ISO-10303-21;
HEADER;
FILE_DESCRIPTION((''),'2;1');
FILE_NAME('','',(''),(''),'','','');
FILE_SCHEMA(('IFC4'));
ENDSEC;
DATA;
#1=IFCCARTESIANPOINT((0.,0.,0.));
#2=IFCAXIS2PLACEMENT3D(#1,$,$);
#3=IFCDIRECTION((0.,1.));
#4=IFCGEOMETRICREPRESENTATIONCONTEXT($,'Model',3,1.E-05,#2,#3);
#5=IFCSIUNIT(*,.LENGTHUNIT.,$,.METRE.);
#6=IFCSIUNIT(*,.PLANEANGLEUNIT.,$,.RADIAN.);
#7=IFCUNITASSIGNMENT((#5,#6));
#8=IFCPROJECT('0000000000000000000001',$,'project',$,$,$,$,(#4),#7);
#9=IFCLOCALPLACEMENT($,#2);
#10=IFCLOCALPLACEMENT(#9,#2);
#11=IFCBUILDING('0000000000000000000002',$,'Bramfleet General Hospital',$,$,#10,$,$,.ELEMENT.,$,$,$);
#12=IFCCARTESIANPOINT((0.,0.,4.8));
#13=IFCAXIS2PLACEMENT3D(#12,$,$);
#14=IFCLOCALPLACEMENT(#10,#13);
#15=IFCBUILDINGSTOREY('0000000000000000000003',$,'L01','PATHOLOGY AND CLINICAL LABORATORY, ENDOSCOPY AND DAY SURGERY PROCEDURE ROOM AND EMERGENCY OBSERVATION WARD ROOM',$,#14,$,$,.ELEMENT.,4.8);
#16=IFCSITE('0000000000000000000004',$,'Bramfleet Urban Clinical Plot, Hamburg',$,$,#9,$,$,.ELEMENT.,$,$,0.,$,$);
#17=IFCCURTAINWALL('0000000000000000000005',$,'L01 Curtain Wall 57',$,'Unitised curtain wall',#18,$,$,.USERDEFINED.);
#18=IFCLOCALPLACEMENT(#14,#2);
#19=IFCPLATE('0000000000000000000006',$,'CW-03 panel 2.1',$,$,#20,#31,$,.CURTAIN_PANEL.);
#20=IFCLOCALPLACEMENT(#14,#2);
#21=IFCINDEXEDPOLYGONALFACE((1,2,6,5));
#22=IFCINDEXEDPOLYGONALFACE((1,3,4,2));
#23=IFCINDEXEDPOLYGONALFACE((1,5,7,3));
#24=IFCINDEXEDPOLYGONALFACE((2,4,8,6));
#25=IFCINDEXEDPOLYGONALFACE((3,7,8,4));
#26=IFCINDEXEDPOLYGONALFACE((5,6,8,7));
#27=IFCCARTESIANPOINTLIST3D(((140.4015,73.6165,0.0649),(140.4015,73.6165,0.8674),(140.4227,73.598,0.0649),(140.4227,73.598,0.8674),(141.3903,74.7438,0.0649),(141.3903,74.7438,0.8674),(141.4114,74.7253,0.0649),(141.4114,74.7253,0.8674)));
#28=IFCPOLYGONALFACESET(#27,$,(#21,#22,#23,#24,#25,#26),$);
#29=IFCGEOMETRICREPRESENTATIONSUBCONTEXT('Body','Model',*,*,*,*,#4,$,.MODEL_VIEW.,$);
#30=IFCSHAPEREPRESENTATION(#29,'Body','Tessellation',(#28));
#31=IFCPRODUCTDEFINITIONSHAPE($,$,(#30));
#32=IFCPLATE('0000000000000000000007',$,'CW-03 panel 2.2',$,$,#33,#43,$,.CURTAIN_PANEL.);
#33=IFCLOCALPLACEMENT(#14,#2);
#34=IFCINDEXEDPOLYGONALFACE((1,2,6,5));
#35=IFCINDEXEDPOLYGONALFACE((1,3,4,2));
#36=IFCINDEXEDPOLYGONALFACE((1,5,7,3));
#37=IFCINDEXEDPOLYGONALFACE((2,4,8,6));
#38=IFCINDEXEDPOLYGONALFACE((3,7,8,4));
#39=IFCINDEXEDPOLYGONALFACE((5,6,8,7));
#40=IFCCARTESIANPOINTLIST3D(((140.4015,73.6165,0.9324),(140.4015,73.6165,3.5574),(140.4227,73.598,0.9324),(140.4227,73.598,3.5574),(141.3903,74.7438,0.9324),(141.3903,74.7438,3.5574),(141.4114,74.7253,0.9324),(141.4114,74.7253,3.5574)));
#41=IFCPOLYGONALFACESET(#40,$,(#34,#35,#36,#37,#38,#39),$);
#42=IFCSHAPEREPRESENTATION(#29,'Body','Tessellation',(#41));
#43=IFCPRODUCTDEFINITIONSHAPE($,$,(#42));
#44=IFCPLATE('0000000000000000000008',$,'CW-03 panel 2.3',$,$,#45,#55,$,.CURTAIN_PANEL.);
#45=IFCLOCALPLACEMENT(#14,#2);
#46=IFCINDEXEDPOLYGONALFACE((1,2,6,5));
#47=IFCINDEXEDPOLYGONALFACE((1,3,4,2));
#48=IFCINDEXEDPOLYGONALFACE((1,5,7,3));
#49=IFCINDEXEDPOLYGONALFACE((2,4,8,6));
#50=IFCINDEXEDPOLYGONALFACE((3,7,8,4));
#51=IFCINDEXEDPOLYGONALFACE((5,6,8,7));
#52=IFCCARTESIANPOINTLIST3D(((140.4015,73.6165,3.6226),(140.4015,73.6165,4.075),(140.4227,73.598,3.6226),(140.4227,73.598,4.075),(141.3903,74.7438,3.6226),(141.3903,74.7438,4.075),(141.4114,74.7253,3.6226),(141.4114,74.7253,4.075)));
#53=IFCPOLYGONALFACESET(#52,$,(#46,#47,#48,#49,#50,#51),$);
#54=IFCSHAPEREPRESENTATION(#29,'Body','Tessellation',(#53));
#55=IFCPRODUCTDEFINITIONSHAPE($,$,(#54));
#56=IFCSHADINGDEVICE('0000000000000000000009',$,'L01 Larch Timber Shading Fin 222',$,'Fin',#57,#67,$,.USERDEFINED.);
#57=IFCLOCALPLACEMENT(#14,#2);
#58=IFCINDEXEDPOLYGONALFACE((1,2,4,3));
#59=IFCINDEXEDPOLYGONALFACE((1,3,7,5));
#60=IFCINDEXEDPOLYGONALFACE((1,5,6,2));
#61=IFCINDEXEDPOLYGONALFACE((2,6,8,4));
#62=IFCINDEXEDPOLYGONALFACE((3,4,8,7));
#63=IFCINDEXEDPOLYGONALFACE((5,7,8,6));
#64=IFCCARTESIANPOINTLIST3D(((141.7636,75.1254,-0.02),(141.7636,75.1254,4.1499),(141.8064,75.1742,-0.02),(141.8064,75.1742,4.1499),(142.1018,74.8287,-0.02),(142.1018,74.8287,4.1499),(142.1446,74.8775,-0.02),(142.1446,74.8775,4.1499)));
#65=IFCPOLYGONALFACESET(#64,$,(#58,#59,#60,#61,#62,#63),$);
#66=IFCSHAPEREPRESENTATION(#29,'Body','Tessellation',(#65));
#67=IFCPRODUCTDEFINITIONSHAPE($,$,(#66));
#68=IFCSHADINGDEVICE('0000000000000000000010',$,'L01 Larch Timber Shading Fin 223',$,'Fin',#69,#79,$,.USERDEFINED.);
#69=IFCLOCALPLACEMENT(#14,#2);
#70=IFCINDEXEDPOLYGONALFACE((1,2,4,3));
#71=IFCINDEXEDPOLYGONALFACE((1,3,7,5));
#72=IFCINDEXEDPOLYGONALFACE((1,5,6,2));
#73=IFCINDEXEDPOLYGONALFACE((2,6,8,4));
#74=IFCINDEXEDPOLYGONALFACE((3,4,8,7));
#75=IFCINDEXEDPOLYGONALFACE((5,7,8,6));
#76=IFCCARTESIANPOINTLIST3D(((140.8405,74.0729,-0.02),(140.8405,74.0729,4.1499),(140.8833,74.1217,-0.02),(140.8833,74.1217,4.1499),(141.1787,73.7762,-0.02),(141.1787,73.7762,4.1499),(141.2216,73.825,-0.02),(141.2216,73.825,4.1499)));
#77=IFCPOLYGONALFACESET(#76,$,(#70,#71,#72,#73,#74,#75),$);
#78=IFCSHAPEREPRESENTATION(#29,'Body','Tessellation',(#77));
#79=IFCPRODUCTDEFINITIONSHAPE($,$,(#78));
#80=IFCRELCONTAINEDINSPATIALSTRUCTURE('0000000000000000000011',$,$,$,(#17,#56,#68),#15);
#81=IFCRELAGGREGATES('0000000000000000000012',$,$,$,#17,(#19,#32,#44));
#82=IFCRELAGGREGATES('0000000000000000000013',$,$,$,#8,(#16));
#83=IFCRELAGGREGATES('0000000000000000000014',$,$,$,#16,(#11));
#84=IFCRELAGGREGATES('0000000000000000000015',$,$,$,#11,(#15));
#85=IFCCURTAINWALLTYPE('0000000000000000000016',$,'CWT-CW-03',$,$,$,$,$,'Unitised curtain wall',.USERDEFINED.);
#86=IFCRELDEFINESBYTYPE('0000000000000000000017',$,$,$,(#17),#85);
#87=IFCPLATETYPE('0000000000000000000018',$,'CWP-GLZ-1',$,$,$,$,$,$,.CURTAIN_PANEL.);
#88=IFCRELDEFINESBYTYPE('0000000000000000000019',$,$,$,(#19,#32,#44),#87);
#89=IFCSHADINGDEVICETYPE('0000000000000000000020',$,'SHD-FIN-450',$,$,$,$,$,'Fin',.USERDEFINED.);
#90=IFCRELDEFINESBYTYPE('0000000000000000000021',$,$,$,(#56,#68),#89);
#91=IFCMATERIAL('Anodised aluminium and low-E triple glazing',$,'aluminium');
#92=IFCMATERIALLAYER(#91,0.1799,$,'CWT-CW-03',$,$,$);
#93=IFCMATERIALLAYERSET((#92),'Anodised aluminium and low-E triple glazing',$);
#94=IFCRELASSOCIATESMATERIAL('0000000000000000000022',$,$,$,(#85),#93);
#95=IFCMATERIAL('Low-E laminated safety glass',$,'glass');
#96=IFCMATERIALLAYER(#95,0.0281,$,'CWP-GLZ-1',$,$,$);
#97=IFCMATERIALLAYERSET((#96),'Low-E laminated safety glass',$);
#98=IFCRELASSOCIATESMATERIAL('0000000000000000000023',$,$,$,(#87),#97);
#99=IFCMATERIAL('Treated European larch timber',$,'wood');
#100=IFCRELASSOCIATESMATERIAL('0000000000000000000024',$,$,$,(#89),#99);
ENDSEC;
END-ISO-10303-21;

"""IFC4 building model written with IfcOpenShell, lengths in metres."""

from ifc_helpers import new_model, si_unit, direction, frame, origin, origin_2d, place, context, subcontext, project, spatial, rectangle, extrude, material, layer, layer_set, material_profile, profile_set, type_object, element, aggregate, save


model = new_model("IFC4")

# Units and contexts
model_context = context("Model", 3, precision=1e-05, world=origin(), true_north=direction((0.0, 1.0)))
body_context = subcontext(model_context, "Body", "Model", "MODEL_VIEW")
ifc_project = project(units=[si_unit("LENGTHUNIT", "METRE"), si_unit("PLANEANGLEUNIT", "RADIAN")], contexts=[model_context])

# Site, building, storey
site_placement = place(None, origin())
site = spatial("IfcSite", under=ifc_project, at=site_placement, Name="Bramfleet Urban Clinical Plot, Hamburg", CompositionType="ELEMENT", RefElevation=0.0)
building_placement = place(site_placement, origin())
building = spatial("IfcBuilding", under=site, at=building_placement, Name="Bramfleet General Hospital", CompositionType="ELEMENT")
storey_placement = place(building_placement, frame((0.0, 0.0, 4.8)))
storey = spatial("IfcBuildingStorey", under=building, at=storey_placement, Name="L01", Description="PATHOLOGY AND CLINICAL LABORATORY, ENDOSCOPY AND DAY SURGERY PROCEDURE ROOM AND EMERGENCY OBSERVATION WARD ROOM", CompositionType="ELEMENT", Elevation=4.8)

# Curtain wall, plates
ifc_material_1 = material(Name="Anodised aluminium and low-E triple glazing", Category="aluminium")
ifc_layer_1 = layer(ifc_material_1, 0.1799, Name="CWT-CW-03")
ifc_layer_set_1 = layer_set([ifc_layer_1], Name="Anodised aluminium and low-E triple glazing")
curtain_wall_type = type_object("IfcCurtainWallType", Name="CWT-CW-03", ElementType="Unitised curtain wall", PredefinedType="USERDEFINED", material=ifc_layer_set_1)
curtain_wall_placement = place(storey_placement, origin())
curtain_wall = element("IfcCurtainWall", 1, at=curtain_wall_placement, inside=storey, type_object=curtain_wall_type, Name="L01 Curtain Wall 57", ObjectType="Unitised curtain wall", PredefinedType="USERDEFINED")
ifc_material_2 = material(Name="Low-E laminated safety glass", Category="glass")
ifc_layer_2 = layer(ifc_material_2, 0.0281, Name="CWP-GLZ-1")
ifc_layer_set_2 = layer_set([ifc_layer_2], Name="Low-E laminated safety glass")
plate_type = type_object("IfcPlateType", Name="CWP-GLZ-1", PredefinedType="CURTAIN_PANEL", material=ifc_layer_set_2)
plate_1_placement = place(storey_placement, frame((140.9065, 74.1709, 0.0649), z_axis=(0.0, 0.0, 1.0), x_axis=(-0.659406, -0.751787, 0.0)))
plate_1 = element("IfcPlate", 2, at=plate_1_placement, type_object=plate_type, Name="CW-03 panel 2.1", PredefinedType="CURTAIN_PANEL", context=body_context, shape_type="SweptSolid", body=[
    extrude(rectangle(XDim=1.4995, YDim=0.0281, at=origin_2d()), origin(), (0.0, 0.0, 1.0), 0.8025),
])
plate_2_placement = place(storey_placement, frame((140.9065, 74.1709, 0.9324), z_axis=(0.0, 0.0, 1.0), x_axis=(-0.659406, -0.751787, 0.0)))
plate_2 = element("IfcPlate", 3, at=plate_2_placement, type_object=plate_type, Name="CW-03 panel 2.2", PredefinedType="CURTAIN_PANEL", context=body_context, shape_type="SweptSolid", body=[
    extrude(rectangle(XDim=1.4995, YDim=0.0281, at=origin_2d()), origin(), (0.0, 0.0, 1.0), 2.625),
])
plate_3_placement = place(storey_placement, frame((140.9065, 74.1709, 3.6226), z_axis=(0.0, 0.0, 1.0), x_axis=(-0.659406, -0.751787, 0.0)))
plate_3 = element("IfcPlate", 4, at=plate_3_placement, type_object=plate_type, Name="CW-03 panel 2.3", PredefinedType="CURTAIN_PANEL", context=body_context, shape_type="SweptSolid", body=[
    extrude(rectangle(XDim=1.4995, YDim=0.0281, at=origin_2d()), origin(), (0.0, 0.0, 1.0), 0.4524),
])
aggregate(curtain_wall, [plate_1, plate_2, plate_3])

# Shading devices
ifc_material_3 = material(Name="Treated European larch timber", Category="wood")
ifc_material_profile_1 = material_profile(ifc_material_3, rectangle(XDim=0.0649, YDim=0.45, at=origin_2d()), Name="LARCH FIN 450x65")
ifc_profile_set_1 = profile_set([ifc_material_profile_1], Name="Treated European larch timber")
shading_device_type = type_object("IfcShadingDeviceType", Name="SHD-FIN-450", ElementType="Fin", PredefinedType="USERDEFINED", material=ifc_profile_set_1)
for number, where, z_axis, x_axis, name in (
    (5, (141.9541, 75.0015, -0.02), (0.0, 0.0, 1.0), (-0.659406, -0.751787, 0.0), "L01 Larch Timber Shading Fin 222"),
    (6, (141.031, 73.949, -0.02), (0.0, 0.0, 1.0), (-0.659406, -0.751787, 0.0), "L01 Larch Timber Shading Fin 223"),
):
    element("IfcShadingDevice", number, at=place(storey_placement, frame(where, z_axis=z_axis, x_axis=x_axis)), inside=storey, type_object=shading_device_type, Name=name, ObjectType="Fin", PredefinedType="USERDEFINED", context=body_context, shape_type="SweptSolid", body=[
        extrude(rectangle(XDim=0.0649, YDim=0.45, at=origin_2d()), origin(), (0.0, 0.0, 1.0), 4.1699),
    ])

save(model, "model.ifc")
